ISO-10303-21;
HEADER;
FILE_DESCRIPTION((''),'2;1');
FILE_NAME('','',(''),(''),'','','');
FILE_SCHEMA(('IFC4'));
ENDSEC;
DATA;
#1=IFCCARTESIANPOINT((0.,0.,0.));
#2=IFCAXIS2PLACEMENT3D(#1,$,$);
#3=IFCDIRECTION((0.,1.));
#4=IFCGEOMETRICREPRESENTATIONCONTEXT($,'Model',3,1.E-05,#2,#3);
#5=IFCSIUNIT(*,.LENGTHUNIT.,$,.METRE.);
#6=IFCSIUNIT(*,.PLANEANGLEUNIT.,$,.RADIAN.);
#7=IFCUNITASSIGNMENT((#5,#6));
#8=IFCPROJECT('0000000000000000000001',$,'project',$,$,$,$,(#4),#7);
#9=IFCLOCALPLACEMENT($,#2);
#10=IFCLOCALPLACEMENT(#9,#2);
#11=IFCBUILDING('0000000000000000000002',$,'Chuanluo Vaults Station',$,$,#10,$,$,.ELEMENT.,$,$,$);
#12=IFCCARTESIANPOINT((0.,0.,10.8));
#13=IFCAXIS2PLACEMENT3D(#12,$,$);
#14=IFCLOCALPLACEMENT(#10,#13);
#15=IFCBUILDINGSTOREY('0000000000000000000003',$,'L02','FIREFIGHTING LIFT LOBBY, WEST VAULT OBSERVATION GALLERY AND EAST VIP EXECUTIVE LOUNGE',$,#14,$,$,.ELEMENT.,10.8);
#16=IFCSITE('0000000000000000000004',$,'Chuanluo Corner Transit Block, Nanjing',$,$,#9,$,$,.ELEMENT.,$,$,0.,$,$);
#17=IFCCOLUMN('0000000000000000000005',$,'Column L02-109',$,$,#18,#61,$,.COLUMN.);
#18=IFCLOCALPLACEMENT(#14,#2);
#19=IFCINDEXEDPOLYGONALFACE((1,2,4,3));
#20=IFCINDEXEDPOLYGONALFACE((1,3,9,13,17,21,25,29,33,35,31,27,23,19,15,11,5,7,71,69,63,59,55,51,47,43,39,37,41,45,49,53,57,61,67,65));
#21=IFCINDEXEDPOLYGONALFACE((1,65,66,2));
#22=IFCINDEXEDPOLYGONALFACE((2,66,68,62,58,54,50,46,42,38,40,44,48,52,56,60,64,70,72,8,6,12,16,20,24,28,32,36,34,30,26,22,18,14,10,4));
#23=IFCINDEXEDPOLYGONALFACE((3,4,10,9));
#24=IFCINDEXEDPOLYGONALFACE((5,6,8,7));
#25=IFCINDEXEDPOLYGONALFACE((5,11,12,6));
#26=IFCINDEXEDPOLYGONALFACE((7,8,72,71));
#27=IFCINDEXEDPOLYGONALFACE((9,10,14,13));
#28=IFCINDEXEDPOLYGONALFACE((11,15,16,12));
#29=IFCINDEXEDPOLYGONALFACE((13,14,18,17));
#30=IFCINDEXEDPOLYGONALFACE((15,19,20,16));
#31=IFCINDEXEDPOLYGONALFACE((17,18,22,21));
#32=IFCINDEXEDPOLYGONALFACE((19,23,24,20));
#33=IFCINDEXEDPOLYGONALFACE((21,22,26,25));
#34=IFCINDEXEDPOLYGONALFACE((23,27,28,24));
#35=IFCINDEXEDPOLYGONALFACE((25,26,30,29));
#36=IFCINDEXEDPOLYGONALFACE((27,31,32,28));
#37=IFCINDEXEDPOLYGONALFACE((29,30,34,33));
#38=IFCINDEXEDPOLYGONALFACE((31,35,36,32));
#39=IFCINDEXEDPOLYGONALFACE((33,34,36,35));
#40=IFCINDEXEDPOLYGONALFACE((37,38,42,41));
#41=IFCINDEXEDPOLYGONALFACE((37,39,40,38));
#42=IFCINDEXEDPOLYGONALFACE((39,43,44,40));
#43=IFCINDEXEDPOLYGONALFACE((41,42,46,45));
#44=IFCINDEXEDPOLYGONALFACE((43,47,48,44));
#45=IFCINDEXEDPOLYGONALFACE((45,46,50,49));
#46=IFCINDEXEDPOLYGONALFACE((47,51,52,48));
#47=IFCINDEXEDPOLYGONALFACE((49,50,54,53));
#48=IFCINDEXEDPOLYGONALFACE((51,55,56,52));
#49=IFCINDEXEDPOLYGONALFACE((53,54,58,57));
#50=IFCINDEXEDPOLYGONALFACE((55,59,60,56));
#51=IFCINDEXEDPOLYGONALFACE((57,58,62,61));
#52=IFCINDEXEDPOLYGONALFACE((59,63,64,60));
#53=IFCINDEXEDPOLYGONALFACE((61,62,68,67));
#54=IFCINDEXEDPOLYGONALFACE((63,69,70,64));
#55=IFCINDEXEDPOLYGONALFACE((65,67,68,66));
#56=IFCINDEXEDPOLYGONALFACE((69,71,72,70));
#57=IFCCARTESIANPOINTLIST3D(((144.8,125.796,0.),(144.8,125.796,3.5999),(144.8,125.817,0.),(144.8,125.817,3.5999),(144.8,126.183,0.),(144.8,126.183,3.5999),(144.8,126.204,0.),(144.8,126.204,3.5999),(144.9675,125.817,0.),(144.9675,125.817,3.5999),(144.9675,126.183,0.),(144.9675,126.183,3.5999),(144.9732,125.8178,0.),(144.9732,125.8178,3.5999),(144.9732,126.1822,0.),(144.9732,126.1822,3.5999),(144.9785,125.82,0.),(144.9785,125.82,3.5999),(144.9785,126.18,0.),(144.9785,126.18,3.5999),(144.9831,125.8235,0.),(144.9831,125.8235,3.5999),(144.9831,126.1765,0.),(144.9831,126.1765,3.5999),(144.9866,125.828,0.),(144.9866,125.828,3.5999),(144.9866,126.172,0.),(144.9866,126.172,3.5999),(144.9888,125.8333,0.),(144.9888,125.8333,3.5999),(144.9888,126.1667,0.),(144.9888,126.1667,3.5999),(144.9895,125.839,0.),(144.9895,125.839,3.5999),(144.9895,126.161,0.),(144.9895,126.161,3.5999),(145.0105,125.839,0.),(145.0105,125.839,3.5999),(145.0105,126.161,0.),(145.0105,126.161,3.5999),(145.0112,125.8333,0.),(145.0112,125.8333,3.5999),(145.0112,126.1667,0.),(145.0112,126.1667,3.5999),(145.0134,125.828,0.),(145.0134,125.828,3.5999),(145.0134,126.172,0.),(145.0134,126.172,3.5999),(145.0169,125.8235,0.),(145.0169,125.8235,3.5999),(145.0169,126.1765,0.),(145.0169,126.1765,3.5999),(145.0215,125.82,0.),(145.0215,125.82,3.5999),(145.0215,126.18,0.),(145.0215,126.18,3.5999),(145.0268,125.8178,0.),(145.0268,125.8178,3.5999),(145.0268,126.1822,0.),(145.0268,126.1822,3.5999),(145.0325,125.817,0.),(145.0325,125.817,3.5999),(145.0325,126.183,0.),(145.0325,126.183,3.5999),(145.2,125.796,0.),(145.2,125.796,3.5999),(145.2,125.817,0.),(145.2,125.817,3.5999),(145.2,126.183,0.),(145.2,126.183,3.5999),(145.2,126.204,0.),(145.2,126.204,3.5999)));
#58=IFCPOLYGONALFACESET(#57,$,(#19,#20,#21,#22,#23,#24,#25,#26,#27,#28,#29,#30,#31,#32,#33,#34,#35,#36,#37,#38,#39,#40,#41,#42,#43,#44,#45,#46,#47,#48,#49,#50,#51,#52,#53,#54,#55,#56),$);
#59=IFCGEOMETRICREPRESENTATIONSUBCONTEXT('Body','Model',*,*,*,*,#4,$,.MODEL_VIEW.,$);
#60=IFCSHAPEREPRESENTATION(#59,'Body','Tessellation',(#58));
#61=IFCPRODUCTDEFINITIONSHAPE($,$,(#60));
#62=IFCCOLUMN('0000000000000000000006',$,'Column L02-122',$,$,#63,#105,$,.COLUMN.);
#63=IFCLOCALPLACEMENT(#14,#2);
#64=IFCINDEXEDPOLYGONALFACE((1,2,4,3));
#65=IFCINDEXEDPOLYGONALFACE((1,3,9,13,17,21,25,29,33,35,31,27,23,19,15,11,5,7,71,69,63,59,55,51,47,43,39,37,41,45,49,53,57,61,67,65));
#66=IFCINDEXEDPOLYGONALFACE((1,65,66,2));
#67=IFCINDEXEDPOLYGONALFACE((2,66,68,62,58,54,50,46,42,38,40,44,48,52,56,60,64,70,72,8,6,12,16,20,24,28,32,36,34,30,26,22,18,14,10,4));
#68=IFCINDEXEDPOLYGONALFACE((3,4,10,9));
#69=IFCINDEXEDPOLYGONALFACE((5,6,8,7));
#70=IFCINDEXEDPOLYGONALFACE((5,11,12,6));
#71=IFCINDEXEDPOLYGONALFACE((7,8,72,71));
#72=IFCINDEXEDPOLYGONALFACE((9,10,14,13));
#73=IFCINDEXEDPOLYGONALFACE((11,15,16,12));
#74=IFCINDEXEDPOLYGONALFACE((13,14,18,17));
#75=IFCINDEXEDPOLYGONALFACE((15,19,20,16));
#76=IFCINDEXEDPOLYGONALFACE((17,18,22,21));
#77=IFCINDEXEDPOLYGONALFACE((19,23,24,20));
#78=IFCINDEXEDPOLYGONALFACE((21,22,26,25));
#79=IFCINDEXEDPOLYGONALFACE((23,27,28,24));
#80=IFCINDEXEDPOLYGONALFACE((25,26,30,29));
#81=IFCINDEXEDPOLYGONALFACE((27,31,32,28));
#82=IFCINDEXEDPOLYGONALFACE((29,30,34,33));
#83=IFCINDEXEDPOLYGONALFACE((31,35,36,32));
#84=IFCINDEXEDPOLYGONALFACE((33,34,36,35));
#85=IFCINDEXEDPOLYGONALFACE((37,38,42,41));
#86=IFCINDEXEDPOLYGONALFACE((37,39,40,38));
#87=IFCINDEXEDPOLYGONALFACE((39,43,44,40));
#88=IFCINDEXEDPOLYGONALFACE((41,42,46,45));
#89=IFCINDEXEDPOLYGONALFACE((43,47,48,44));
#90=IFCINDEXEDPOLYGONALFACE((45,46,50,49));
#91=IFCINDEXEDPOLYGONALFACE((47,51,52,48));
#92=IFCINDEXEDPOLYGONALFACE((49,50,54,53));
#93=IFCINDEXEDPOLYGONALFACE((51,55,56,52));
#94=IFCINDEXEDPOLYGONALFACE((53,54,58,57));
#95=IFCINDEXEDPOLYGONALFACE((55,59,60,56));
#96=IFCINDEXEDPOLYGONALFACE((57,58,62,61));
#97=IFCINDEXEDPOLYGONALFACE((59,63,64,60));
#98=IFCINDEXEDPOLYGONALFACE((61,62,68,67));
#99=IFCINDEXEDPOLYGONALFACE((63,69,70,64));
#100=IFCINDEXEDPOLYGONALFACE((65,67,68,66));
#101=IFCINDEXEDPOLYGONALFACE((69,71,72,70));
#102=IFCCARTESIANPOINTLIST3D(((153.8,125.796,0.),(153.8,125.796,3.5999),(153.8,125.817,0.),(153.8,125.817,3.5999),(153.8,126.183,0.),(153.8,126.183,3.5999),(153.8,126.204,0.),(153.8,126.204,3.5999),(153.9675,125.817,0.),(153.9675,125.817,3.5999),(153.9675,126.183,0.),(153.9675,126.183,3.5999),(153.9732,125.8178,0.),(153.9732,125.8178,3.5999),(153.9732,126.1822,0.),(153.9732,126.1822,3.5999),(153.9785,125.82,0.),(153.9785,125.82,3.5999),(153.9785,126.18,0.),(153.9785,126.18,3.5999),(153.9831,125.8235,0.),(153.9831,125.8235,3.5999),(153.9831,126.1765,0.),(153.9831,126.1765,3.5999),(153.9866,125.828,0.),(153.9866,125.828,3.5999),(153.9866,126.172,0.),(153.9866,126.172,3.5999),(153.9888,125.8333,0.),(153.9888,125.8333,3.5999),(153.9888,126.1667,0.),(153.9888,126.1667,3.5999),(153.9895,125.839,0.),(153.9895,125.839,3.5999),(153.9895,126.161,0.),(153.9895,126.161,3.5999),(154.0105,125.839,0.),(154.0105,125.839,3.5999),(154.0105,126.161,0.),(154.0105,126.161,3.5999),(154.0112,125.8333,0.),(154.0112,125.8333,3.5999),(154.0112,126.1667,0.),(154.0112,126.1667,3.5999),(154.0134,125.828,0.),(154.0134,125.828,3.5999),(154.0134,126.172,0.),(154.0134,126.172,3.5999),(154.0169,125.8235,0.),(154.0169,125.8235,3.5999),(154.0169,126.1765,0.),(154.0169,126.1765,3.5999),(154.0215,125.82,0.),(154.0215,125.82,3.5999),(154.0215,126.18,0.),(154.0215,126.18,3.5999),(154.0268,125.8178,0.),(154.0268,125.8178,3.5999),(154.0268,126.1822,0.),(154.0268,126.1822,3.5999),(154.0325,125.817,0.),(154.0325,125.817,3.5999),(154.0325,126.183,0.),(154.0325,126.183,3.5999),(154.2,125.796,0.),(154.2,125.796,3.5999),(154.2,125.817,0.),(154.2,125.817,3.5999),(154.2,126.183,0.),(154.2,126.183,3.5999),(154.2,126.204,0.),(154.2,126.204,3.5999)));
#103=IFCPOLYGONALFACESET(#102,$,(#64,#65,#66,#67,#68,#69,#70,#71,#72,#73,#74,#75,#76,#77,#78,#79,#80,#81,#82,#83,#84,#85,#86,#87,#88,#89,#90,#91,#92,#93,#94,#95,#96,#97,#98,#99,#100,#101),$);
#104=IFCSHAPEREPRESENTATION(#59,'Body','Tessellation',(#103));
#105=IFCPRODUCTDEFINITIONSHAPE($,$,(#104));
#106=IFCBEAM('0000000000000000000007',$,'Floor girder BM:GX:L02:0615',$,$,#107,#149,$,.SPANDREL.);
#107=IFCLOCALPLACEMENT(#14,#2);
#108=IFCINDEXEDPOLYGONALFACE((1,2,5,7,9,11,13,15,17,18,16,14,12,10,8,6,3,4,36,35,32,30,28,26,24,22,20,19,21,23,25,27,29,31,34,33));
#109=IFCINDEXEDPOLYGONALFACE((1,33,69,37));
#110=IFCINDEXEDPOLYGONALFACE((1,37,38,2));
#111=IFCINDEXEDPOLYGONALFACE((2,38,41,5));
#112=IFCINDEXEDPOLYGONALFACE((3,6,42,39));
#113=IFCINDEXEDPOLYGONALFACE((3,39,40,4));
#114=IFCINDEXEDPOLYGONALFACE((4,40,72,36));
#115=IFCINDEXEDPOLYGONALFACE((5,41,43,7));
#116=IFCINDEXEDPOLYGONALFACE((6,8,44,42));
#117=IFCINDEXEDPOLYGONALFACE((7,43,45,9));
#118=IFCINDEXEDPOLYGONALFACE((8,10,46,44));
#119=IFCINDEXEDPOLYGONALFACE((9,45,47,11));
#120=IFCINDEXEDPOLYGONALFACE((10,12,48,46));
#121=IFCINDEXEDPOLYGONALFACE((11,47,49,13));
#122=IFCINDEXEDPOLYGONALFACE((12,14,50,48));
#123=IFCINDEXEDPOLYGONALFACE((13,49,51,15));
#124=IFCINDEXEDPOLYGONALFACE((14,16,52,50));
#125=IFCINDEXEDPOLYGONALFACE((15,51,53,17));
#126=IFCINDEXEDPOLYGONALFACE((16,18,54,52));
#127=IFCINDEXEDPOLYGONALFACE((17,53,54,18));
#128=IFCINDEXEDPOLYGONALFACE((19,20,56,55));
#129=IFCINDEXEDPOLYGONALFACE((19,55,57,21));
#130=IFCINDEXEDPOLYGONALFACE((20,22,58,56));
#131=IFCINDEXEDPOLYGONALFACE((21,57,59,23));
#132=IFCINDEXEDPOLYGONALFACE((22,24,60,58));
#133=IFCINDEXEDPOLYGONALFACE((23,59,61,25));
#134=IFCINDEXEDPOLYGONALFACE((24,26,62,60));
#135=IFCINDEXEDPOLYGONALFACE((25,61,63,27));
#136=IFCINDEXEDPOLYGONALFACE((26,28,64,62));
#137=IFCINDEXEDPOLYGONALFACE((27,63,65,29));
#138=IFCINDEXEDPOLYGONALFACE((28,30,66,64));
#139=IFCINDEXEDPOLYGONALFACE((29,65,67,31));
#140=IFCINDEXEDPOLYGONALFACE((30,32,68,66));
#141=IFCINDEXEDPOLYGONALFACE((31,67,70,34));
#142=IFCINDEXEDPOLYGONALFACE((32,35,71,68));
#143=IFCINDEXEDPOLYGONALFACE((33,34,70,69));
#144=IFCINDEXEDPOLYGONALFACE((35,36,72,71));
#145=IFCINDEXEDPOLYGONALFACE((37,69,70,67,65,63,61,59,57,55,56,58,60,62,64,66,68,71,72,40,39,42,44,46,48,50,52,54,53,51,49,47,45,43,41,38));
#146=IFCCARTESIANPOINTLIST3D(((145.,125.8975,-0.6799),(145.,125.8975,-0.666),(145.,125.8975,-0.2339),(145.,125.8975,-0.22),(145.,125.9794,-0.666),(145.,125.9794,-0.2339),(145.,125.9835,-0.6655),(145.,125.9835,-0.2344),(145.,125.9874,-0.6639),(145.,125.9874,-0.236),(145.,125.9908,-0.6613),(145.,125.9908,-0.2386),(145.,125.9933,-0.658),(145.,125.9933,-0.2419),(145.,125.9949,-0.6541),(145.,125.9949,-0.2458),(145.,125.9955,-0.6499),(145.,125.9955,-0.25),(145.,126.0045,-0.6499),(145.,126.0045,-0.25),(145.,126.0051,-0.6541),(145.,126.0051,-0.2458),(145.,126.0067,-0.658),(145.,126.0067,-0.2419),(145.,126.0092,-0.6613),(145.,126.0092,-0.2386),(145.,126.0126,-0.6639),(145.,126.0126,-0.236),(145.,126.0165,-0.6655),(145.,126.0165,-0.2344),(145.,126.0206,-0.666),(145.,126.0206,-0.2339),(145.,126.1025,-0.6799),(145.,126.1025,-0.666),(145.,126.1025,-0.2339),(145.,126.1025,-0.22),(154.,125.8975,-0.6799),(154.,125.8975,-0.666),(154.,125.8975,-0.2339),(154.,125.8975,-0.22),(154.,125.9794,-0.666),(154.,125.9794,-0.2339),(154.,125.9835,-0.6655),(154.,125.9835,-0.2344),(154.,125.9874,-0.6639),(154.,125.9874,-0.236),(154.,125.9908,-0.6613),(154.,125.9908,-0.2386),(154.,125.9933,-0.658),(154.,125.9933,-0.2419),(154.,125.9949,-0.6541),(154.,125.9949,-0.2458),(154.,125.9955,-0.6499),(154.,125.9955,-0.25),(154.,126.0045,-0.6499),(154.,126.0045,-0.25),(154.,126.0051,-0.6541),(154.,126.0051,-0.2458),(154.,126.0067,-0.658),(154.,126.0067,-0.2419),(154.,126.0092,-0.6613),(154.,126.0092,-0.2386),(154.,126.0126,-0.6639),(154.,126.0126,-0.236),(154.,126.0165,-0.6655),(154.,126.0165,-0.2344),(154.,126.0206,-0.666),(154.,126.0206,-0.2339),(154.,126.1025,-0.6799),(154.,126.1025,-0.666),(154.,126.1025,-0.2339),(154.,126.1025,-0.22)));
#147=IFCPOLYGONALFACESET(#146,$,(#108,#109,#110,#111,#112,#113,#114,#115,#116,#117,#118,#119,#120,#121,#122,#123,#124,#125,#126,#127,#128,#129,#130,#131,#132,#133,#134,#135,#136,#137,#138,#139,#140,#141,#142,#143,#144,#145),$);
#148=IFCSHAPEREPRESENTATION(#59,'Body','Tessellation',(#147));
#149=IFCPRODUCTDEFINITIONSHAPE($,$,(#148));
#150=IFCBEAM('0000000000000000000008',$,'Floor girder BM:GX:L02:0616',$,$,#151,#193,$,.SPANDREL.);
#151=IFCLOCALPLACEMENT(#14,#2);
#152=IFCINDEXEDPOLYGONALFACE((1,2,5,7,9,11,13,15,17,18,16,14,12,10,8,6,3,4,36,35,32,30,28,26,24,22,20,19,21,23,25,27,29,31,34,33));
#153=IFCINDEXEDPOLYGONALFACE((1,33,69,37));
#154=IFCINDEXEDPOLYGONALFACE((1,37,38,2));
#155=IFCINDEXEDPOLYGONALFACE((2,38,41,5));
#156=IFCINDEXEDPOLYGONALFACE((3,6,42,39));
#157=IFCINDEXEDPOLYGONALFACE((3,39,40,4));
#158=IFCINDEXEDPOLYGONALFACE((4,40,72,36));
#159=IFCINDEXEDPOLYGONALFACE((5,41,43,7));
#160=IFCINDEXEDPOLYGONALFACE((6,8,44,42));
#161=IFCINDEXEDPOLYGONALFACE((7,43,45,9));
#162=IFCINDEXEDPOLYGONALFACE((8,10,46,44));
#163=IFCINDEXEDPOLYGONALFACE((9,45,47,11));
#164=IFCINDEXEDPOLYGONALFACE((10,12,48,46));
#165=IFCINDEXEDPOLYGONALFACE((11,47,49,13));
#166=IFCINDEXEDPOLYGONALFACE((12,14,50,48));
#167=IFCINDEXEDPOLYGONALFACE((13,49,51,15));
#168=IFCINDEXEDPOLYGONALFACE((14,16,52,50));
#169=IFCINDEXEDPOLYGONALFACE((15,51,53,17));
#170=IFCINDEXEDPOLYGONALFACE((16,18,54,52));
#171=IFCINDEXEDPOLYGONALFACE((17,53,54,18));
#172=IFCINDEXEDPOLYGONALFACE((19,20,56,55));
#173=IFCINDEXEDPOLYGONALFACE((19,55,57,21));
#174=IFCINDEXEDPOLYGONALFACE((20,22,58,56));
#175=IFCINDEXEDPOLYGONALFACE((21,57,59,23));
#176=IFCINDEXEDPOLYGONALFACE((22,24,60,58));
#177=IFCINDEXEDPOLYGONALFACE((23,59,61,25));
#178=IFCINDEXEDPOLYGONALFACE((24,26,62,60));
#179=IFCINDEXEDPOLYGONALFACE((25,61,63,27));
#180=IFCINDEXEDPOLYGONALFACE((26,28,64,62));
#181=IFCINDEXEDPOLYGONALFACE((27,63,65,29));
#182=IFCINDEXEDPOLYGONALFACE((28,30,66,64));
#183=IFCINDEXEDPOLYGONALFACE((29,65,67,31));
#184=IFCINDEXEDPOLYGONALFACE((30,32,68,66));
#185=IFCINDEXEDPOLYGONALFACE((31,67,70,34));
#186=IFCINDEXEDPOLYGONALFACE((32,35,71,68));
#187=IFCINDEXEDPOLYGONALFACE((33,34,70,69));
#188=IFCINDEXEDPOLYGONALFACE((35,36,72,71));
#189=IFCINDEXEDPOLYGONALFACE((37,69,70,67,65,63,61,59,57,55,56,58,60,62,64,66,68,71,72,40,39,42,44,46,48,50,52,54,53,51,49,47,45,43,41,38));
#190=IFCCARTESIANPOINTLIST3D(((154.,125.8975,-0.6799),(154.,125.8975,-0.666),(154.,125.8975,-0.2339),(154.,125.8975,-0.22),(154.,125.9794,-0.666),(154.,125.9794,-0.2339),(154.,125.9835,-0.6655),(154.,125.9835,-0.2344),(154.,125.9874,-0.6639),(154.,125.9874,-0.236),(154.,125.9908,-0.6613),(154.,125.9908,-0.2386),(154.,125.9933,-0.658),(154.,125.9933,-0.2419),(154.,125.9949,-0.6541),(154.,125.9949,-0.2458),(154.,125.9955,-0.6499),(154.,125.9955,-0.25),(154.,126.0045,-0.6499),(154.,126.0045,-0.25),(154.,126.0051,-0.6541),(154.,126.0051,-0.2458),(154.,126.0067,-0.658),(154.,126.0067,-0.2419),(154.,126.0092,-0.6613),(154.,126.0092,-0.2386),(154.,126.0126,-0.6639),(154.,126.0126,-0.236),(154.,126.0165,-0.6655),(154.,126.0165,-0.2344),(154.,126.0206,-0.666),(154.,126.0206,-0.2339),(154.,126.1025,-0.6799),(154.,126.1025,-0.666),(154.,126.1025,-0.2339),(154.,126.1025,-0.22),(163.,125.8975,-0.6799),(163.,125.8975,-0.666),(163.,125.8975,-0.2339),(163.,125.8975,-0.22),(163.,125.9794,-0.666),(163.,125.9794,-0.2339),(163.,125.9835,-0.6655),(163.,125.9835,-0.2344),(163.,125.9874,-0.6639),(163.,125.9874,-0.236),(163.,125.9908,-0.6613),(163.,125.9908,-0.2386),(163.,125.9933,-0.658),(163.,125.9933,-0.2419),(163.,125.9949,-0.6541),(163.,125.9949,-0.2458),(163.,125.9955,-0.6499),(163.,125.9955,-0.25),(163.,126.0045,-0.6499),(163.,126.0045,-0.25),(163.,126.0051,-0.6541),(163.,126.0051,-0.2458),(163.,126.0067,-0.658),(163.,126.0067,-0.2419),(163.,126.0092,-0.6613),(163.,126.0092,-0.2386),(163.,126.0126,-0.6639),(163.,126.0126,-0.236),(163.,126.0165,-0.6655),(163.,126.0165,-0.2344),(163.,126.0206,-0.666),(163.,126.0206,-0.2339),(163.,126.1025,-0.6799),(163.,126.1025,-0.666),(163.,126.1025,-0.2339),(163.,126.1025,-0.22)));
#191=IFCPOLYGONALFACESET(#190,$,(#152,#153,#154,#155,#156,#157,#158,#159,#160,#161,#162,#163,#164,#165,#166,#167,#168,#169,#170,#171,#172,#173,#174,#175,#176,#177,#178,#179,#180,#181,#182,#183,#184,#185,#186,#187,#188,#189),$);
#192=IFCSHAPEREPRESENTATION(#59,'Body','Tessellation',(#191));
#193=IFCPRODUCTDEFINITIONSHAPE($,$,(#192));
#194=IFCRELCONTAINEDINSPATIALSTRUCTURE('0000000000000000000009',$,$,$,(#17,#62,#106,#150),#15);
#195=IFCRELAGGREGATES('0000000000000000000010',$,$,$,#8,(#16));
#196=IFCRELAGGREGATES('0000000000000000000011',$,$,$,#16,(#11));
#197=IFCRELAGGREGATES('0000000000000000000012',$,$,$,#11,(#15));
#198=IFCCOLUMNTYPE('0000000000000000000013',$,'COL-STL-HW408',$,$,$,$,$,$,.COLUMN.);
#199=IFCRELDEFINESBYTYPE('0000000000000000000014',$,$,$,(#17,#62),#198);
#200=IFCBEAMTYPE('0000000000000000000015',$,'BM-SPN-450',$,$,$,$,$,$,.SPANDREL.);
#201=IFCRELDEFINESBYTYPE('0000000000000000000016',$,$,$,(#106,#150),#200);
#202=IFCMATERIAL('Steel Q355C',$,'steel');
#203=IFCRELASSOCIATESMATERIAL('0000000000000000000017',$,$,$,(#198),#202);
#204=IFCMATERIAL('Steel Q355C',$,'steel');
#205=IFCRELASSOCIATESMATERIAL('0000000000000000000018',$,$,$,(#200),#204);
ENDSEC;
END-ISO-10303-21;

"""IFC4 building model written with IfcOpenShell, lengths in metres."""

from ifc_helpers import new_model, si_unit, direction, frame, origin, origin_2d, place, context, subcontext, project, spatial, i_section, extrude, material, material_profile, profile_set, type_object, element, save


model = new_model("IFC4")

# Units and contexts
model_context = context("Model", 3, precision=1e-05, world=origin(), true_north=direction((0.0, 1.0)))
body_context = subcontext(model_context, "Body", "Model", "MODEL_VIEW")
ifc_project = project(units=[si_unit("LENGTHUNIT", "METRE"), si_unit("PLANEANGLEUNIT", "RADIAN")], contexts=[model_context])

# Site, building, storey
site_placement = place(None, origin())
site = spatial("IfcSite", under=ifc_project, at=site_placement, Name="Chuanluo Corner Transit Block, Nanjing", CompositionType="ELEMENT", RefElevation=0.0)
building_placement = place(site_placement, origin())
building = spatial("IfcBuilding", under=site, at=building_placement, Name="Chuanluo Vaults Station", CompositionType="ELEMENT")
storey_placement = place(building_placement, frame((0.0, 0.0, 10.8)))
storey = spatial("IfcBuildingStorey", under=building, at=storey_placement, Name="L02", Description="FIREFIGHTING LIFT LOBBY, WEST VAULT OBSERVATION GALLERY AND EAST VIP EXECUTIVE LOUNGE", CompositionType="ELEMENT", Elevation=10.8)

# Columns
ifc_material_1 = material(Name="Steel Q355C", Category="steel")
ifc_material_profile_1 = material_profile(ifc_material_1, i_section(OverallWidth=0.3999, OverallDepth=0.408, WebThickness=0.021, FlangeThickness=0.021, FilletRadius=0.022, at=origin_2d()))
ifc_profile_set_1 = profile_set([ifc_material_profile_1], Name="Steel Q355C")
column_type = type_object("IfcColumnType", Name="COL-STL-HW408", PredefinedType="COLUMN", material=ifc_profile_set_1)
for number, where, z_axis, x_axis, name in (
    (1, (145.0, 126.0, 0.0), (0.0, 0.0, 1.0), (1.0, 0.0, 0.0), "Column L02-109"),
    (2, (154.0, 126.0, 0.0), (0.0, 0.0, 1.0), (1.0, 0.0, 0.0), "Column L02-122"),
):
    element("IfcColumn", number, at=place(storey_placement, frame(where, z_axis=z_axis, x_axis=x_axis)), inside=storey, type_object=column_type, Name=name, PredefinedType="COLUMN", context=body_context, shape_type="SweptSolid", body=[
        extrude(i_section(OverallWidth=0.3999, OverallDepth=0.408, WebThickness=0.021, FlangeThickness=0.021, FilletRadius=0.022, at=origin_2d()), origin(), (0.0, 0.0, 1.0), 3.5999),
    ])

# Beams
ifc_material_2 = material(Name="Steel Q355C", Category="steel")
ifc_material_profile_2 = material_profile(ifc_material_2, i_section(OverallWidth=0.2051, OverallDepth=0.46, WebThickness=0.009, FlangeThickness=0.0139, FilletRadius=0.0161, at=origin_2d()))
ifc_profile_set_2 = profile_set([ifc_material_profile_2], Name="Steel Q355C")
beam_type = type_object("IfcBeamType", Name="BM-SPN-450", PredefinedType="SPANDREL", material=ifc_profile_set_2)
for number, where, z_axis, x_axis, name in (
    (3, (145.0, 126.0, -0.45), (1.0, 0.0, 0.0), (0.0, 1.0, 0.0), "Floor girder BM:GX:L02:0615"),
    (4, (154.0, 126.0, -0.45), (1.0, 0.0, 0.0), (0.0, 1.0, 0.0), "Floor girder BM:GX:L02:0616"),
):
    element("IfcBeam", number, at=place(storey_placement, frame(where, z_axis=z_axis, x_axis=x_axis)), inside=storey, type_object=beam_type, Name=name, PredefinedType="SPANDREL", context=body_context, shape_type="SweptSolid", body=[
        extrude(i_section(OverallWidth=0.2051, OverallDepth=0.46, WebThickness=0.009, FlangeThickness=0.0139, FilletRadius=0.0161, at=origin_2d()), origin(), (0.0, 0.0, 1.0), 9.0),
    ])

save(model, "model.ifc")
